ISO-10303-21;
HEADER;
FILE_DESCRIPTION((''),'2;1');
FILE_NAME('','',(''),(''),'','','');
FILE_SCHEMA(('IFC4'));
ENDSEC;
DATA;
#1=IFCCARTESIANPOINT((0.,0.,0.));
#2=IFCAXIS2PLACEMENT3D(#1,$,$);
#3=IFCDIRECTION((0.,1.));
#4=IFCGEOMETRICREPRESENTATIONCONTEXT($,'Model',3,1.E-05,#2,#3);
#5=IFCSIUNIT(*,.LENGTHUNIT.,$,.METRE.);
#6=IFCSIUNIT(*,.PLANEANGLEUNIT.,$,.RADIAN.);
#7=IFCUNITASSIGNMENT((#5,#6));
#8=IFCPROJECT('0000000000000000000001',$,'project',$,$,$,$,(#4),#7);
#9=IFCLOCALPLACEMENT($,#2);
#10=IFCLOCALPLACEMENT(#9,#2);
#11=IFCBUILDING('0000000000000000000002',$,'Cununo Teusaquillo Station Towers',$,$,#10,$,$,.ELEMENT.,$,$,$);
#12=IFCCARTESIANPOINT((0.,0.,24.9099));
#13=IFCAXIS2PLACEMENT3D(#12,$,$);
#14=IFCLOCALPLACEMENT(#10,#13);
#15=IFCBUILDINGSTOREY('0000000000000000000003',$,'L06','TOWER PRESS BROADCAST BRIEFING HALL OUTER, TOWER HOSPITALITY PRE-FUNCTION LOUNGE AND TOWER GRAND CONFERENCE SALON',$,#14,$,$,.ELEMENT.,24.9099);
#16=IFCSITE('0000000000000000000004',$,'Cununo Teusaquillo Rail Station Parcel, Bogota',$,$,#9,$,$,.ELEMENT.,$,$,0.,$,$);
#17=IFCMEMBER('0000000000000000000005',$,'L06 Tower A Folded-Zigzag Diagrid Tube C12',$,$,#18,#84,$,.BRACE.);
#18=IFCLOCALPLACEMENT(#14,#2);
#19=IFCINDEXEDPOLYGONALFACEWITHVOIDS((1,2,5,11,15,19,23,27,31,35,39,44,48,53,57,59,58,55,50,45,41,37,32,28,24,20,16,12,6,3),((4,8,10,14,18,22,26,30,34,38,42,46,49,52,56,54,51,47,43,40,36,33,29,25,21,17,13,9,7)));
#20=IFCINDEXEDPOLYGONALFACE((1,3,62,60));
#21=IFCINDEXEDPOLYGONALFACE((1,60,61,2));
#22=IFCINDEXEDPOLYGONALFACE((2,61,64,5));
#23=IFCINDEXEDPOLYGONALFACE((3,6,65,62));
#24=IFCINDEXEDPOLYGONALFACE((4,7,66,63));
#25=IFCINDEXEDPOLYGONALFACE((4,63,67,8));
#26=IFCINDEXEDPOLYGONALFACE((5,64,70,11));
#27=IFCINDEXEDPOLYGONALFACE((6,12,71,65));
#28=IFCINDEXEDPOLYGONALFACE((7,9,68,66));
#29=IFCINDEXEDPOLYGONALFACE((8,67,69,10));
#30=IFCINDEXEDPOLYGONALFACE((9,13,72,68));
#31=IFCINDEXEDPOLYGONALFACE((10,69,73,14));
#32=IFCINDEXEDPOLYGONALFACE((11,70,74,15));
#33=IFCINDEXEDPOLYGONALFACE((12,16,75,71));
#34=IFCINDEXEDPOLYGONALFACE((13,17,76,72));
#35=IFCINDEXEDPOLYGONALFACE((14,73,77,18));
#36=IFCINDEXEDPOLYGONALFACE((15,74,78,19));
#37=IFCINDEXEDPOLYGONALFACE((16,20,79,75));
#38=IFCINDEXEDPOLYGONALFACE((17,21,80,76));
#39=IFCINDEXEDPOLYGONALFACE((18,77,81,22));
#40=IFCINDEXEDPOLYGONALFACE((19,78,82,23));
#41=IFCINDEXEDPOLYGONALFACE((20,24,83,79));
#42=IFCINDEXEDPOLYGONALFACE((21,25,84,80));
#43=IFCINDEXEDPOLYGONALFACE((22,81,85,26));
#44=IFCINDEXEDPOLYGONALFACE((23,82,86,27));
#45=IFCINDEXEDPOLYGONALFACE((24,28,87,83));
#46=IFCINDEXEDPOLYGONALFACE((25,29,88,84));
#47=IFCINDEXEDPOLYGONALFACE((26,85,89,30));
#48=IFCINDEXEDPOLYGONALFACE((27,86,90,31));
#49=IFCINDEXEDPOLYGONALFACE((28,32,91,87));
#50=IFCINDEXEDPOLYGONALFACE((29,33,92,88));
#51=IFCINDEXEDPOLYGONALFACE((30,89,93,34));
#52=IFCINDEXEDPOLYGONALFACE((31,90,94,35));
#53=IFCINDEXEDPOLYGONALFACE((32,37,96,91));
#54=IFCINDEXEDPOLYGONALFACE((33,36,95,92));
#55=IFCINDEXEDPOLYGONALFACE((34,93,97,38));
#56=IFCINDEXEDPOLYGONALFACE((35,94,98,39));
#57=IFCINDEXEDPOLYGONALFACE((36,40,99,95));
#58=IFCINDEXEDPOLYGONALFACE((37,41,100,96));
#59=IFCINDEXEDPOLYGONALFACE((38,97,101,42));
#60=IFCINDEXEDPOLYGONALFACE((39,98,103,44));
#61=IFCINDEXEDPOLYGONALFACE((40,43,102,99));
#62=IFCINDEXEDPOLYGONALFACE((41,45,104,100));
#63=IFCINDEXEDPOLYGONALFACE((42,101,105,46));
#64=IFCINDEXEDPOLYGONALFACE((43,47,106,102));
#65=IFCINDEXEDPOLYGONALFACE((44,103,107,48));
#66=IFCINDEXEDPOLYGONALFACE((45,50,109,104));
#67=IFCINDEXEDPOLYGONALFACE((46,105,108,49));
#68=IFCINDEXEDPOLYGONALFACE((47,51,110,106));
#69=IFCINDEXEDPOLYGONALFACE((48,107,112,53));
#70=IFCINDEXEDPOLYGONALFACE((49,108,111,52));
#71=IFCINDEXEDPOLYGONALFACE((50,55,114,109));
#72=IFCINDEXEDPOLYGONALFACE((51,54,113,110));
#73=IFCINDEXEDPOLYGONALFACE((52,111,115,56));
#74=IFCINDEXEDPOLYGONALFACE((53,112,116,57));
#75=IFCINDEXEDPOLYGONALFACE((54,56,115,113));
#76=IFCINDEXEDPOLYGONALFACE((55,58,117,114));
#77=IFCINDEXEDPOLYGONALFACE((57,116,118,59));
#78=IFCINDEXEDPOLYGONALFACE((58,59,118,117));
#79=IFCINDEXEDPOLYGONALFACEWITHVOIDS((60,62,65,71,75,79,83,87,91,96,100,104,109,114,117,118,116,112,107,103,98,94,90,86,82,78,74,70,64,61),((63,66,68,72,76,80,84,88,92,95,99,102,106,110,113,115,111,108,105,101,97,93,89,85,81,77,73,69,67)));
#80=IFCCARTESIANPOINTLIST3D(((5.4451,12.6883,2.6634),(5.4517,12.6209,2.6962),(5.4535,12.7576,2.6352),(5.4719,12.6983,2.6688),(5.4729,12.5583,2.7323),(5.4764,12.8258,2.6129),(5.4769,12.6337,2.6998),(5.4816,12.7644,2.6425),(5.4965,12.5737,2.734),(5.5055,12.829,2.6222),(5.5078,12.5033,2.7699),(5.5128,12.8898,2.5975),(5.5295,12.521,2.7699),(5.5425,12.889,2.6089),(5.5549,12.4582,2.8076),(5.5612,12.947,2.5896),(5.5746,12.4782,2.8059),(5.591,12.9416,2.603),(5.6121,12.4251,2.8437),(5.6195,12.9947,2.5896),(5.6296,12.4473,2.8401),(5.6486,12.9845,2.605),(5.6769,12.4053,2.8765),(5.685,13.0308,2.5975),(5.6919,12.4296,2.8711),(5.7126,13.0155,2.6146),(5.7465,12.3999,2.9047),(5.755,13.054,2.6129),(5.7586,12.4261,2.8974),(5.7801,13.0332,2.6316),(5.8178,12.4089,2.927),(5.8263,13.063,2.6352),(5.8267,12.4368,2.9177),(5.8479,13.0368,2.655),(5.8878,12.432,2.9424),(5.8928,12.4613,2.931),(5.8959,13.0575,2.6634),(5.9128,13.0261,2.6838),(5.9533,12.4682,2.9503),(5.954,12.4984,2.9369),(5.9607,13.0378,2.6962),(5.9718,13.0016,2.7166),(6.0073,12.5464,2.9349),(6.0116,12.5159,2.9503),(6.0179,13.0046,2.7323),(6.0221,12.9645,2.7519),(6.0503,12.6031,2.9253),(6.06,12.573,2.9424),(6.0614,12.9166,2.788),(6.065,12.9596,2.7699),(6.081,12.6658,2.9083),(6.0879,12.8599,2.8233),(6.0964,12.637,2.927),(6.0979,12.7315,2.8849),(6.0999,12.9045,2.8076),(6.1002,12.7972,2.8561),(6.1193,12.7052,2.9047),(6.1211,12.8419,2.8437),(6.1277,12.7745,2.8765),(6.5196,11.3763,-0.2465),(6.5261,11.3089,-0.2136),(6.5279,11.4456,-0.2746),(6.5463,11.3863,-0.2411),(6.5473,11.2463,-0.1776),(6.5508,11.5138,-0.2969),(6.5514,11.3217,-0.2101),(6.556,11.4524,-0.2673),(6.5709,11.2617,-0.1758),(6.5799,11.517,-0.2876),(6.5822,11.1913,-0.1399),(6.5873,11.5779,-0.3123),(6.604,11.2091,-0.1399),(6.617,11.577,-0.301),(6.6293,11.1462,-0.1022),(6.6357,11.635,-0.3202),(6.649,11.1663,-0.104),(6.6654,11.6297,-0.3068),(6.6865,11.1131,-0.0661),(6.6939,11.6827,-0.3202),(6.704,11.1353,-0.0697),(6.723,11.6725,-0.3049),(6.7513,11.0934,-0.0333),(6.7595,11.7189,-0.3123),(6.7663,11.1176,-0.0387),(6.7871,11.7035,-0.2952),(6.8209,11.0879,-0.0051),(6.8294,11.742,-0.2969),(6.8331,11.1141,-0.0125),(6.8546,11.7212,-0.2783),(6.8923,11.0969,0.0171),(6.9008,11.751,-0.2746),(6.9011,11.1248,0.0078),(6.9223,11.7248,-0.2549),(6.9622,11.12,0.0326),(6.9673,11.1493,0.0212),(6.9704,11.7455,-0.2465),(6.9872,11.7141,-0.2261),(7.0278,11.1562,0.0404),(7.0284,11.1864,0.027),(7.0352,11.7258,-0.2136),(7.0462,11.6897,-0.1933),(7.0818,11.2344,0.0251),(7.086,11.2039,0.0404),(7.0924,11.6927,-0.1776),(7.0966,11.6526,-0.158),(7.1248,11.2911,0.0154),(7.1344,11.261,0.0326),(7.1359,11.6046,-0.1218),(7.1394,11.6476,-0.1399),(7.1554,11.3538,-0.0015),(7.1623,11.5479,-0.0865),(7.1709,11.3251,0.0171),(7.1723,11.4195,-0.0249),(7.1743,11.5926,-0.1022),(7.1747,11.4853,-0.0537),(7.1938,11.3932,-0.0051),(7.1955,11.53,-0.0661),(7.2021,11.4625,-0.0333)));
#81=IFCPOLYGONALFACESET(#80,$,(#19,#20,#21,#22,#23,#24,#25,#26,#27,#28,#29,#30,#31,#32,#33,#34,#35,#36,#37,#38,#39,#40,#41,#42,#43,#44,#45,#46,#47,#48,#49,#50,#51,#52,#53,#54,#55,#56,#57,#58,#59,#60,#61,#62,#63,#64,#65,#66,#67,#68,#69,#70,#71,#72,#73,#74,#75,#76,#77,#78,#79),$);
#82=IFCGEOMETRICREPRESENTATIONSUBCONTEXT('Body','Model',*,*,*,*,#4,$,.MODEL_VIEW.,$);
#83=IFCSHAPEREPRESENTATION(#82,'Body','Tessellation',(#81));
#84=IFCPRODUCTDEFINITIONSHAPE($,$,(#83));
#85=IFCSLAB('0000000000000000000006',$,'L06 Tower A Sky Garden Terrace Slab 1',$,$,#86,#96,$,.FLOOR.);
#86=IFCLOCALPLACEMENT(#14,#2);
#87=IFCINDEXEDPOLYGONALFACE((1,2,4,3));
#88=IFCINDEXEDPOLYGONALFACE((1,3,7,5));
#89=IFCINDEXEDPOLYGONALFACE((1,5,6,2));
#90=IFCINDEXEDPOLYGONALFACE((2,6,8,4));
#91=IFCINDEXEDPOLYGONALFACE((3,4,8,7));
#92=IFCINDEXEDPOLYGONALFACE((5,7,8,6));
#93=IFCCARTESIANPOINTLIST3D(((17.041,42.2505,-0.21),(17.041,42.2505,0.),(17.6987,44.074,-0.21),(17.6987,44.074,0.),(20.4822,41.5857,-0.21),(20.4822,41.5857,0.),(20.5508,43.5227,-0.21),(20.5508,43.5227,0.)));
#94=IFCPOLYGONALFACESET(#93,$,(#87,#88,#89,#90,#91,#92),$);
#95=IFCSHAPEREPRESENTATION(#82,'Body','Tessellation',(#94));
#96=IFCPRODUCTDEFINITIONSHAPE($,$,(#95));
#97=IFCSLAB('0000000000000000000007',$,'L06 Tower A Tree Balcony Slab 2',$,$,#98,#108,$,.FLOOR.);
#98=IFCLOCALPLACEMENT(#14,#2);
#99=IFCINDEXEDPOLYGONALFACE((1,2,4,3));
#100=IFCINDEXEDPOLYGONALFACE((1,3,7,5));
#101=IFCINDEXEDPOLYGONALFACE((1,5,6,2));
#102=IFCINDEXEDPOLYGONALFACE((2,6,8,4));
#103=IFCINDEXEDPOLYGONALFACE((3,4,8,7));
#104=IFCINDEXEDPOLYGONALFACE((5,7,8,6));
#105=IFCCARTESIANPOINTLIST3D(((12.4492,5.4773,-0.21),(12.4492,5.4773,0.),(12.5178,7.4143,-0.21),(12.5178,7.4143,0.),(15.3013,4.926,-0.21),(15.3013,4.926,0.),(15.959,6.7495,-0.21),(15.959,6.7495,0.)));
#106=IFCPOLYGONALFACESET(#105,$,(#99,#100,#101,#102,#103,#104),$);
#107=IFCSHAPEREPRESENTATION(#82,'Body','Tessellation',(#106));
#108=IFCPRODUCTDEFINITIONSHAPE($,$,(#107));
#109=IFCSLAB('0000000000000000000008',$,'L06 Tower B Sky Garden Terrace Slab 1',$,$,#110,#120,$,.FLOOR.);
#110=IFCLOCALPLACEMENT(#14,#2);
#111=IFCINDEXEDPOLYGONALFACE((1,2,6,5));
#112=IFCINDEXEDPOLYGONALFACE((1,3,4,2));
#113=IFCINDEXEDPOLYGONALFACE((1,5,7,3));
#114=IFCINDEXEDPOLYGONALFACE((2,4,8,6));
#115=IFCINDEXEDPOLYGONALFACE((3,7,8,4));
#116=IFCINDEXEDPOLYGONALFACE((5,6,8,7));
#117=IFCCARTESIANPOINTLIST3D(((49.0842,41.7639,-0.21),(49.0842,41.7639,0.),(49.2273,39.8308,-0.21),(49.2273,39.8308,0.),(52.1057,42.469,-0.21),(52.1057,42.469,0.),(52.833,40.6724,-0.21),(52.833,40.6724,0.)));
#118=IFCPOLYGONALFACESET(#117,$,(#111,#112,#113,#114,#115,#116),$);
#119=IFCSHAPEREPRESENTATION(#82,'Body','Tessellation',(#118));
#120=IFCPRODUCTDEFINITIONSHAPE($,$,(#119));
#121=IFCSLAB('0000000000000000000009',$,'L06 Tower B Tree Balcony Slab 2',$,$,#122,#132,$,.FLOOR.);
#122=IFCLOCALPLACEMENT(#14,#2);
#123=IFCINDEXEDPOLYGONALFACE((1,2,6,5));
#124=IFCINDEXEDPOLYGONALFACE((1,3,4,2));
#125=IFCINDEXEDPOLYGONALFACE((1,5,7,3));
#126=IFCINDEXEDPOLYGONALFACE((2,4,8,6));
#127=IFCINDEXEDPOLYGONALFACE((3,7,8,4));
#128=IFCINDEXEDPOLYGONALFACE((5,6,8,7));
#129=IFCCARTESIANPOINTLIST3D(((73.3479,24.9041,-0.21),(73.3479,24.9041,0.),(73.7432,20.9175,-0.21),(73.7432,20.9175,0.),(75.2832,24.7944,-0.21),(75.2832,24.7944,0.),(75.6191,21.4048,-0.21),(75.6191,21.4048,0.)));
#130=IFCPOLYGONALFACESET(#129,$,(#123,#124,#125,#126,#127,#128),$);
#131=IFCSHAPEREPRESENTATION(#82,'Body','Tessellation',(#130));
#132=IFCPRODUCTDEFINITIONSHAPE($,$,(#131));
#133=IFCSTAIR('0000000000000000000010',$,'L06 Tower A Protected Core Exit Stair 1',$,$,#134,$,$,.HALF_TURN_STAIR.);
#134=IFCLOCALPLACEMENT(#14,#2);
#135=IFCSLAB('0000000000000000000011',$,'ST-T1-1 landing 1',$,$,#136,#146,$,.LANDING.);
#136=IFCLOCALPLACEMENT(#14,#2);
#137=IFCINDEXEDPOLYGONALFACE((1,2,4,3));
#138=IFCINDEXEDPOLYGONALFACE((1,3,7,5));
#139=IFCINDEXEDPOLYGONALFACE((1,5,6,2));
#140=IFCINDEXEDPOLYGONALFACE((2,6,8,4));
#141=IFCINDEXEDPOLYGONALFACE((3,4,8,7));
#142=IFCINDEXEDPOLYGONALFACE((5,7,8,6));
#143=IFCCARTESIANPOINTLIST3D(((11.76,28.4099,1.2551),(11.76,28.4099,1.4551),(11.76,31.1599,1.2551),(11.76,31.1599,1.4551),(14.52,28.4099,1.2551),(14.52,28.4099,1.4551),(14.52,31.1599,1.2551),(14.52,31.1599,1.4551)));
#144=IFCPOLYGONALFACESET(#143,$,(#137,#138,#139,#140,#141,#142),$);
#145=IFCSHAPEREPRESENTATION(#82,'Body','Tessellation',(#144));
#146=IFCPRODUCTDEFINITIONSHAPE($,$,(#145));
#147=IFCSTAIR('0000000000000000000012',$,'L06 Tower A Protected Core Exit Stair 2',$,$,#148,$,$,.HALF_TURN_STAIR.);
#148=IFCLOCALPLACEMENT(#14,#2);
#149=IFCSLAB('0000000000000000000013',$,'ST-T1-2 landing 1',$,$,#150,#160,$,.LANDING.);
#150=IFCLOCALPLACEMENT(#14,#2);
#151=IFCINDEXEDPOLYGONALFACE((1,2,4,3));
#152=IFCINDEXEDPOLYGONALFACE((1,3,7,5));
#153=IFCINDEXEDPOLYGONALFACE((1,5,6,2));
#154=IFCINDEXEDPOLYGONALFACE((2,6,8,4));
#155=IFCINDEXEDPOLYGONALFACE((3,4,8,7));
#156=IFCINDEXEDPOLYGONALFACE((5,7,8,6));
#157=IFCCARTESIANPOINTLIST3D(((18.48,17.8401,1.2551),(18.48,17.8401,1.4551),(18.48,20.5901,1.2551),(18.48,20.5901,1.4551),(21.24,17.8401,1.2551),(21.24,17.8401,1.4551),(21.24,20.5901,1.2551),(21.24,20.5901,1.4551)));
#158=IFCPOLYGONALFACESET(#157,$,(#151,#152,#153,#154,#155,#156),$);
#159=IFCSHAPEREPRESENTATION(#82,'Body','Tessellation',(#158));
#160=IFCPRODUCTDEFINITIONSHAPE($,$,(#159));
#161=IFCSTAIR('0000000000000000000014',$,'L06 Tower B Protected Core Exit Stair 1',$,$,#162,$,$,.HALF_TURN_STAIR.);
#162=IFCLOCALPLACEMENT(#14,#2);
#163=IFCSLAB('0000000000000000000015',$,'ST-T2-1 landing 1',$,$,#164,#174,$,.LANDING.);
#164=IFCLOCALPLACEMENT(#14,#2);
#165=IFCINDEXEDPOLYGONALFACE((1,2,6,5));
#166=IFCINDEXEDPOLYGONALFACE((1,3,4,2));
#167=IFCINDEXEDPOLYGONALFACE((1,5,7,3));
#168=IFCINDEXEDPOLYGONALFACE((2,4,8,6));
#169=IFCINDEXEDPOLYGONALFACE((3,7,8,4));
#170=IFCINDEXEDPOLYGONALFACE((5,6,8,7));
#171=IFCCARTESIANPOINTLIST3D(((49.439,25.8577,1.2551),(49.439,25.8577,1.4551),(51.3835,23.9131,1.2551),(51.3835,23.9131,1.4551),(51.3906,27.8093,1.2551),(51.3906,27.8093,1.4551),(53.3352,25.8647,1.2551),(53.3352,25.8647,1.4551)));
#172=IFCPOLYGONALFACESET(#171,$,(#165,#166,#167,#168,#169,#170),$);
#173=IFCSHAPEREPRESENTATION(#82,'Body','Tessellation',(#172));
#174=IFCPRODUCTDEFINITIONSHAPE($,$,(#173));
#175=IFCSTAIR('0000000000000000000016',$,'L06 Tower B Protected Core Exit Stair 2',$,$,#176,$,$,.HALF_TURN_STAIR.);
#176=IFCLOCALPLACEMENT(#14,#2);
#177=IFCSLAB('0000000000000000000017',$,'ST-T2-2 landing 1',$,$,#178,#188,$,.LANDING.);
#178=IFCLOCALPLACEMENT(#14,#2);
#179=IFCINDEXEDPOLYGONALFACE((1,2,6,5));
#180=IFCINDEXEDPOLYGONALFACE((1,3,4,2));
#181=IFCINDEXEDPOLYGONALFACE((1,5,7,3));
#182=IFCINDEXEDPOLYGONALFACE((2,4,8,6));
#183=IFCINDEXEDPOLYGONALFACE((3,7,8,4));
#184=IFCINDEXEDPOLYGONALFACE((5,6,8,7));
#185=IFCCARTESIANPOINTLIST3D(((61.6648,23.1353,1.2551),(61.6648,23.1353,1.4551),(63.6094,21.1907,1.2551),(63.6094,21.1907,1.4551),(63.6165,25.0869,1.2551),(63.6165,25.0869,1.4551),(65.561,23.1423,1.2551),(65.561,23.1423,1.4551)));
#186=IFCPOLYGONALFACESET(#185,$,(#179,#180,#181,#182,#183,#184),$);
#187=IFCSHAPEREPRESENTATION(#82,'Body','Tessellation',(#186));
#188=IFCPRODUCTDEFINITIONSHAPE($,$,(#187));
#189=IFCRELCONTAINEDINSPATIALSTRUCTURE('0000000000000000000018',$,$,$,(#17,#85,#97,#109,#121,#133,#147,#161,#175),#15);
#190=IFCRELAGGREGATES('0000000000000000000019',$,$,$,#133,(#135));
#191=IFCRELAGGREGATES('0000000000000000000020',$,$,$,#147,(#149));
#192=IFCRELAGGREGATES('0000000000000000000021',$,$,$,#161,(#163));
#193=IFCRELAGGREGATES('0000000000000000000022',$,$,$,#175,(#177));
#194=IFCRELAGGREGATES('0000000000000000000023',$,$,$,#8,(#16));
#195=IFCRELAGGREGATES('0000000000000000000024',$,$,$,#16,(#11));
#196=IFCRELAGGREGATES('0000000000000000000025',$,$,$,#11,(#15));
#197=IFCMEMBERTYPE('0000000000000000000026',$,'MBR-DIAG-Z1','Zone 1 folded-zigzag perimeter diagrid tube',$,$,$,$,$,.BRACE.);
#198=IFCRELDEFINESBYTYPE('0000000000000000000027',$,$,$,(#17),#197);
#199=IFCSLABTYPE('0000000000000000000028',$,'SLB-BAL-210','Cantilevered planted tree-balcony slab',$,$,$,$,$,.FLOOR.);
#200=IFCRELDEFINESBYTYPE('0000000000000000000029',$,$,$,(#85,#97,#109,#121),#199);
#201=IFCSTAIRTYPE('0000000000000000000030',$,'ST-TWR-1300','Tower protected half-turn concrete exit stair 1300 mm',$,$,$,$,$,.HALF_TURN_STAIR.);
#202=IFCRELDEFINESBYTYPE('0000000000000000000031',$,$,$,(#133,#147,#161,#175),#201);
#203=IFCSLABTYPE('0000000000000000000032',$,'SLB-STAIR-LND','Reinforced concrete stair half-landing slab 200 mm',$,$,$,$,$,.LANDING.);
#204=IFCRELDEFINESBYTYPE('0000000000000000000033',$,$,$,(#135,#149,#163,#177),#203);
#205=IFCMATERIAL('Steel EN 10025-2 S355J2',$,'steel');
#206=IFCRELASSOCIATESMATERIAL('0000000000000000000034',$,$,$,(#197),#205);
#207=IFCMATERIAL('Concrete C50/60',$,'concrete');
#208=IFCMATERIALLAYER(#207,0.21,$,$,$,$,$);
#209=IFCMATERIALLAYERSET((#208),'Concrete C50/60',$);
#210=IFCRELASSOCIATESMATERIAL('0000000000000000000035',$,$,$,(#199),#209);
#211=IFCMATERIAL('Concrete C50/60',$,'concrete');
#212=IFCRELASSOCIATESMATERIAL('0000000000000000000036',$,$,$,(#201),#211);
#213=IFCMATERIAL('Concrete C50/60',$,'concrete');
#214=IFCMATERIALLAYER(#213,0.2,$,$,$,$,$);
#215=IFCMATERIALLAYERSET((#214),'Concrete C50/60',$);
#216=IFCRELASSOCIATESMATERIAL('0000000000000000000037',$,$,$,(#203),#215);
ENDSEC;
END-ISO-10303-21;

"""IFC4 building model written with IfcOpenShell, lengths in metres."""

from ifc_helpers import new_model, si_unit, direction, frame, origin, origin_2d, place, context, subcontext, project, spatial, polyline, hollow_circle, outline, extrude, material, layer, layer_set, material_profile, profile_set, type_object, element, aggregate, save


model = new_model("IFC4")

# Units and contexts
model_context = context("Model", 3, precision=1e-05, world=origin(), true_north=direction((0.0, 1.0)))
body_context = subcontext(model_context, "Body", "Model", "MODEL_VIEW")
ifc_project = project(units=[si_unit("LENGTHUNIT", "METRE"), si_unit("PLANEANGLEUNIT", "RADIAN")], contexts=[model_context])

# Site, building, storey
site_placement = place(None, origin())
site = spatial("IfcSite", under=ifc_project, at=site_placement, Name="Cununo Teusaquillo Rail Station Parcel, Bogota", CompositionType="ELEMENT", RefElevation=0.0)
building_placement = place(site_placement, origin())
building = spatial("IfcBuilding", under=site, at=building_placement, Name="Cununo Teusaquillo Station Towers", CompositionType="ELEMENT")
storey_placement = place(building_placement, frame((0.0, 0.0, 24.9099)))
storey = spatial("IfcBuildingStorey", under=building, at=storey_placement, Name="L06", Description="TOWER PRESS BROADCAST BRIEFING HALL OUTER, TOWER HOSPITALITY PRE-FUNCTION LOUNGE AND TOWER GRAND CONFERENCE SALON", CompositionType="ELEMENT", Elevation=24.9099)

# Member
ifc_material_1 = material(Name="Steel EN 10025-2 S355J2", Category="steel")
ifc_material_profile_1 = material_profile(ifc_material_1, hollow_circle(Radius=0.3601, WallThickness=0.0281, at=origin_2d()), Name="CHS 720x28")
ifc_profile_set_1 = profile_set([ifc_material_profile_1], Name="Steel EN 10025-2 S355J2")
member_type = type_object("IfcMemberType", Name="MBR-DIAG-Z1", Description="Zone 1 folded-zigzag perimeter diagrid tube", PredefinedType="BRACE", material=ifc_profile_set_1)
member_placement = place(storey_placement, frame((6.8608, 11.4194, -0.1399), z_axis=(-0.319021, 0.389552, 0.863988), x_axis=(-0.773669, -0.633591, 0.0)))
element("IfcMember", 1, at=member_placement, inside=storey, type_object=member_type, Name="L06 Tower A Folded-Zigzag Diagrid Tube C12", PredefinedType="BRACE", context=body_context, shape_type="SweptSolid", body=[
    extrude(hollow_circle(Radius=0.3601, WallThickness=0.0281, at=origin_2d()), origin(), (0.0, 0.0, 1.0), 3.3679),
])

# Slabs
ifc_material_2 = material(Name="Concrete C50/60", Category="concrete")
ifc_layer_1 = layer(ifc_material_2, 0.21)
ifc_layer_set_1 = layer_set([ifc_layer_1], Name="Concrete C50/60")
slab_type_1 = type_object("IfcSlabType", Name="SLB-BAL-210", Description="Cantilevered planted tree-balcony slab", PredefinedType="FLOOR", material=ifc_layer_set_1)
slab_1_placement = place(storey_placement, frame((0.0, 0.0, -0.21)))
element("IfcSlab", 2, at=slab_1_placement, inside=storey, type_object=slab_type_1, Name="L06 Tower A Sky Garden Terrace Slab 1", PredefinedType="FLOOR", context=body_context, shape_type="SweptSolid", body=[
    extrude(outline(polyline([(20.4822, 41.5857), (17.041, 42.2505), (17.6987, 44.074), (20.5508, 43.5227), (20.4822, 41.5857)])), origin(), (0.0, 0.0, 1.0), 0.21),
])
slab_2_placement = place(storey_placement, frame((0.0, 0.0, -0.21)))
element("IfcSlab", 3, at=slab_2_placement, inside=storey, type_object=slab_type_1, Name="L06 Tower A Tree Balcony Slab 2", PredefinedType="FLOOR", context=body_context, shape_type="SweptSolid", body=[
    extrude(outline(polyline([(12.5178, 7.4143), (15.959, 6.7495), (15.3013, 4.926), (12.4492, 5.4773), (12.5178, 7.4143)])), origin(), (0.0, 0.0, 1.0), 0.21),
])
slab_3_placement = place(storey_placement, frame((0.0, 0.0, -0.21)))
element("IfcSlab", 4, at=slab_3_placement, inside=storey, type_object=slab_type_1, Name="L06 Tower B Sky Garden Terrace Slab 1", PredefinedType="FLOOR", context=body_context, shape_type="SweptSolid", body=[
    extrude(outline(polyline([(52.833, 40.6724), (49.2273, 39.8308), (49.0842, 41.7639), (52.1057, 42.469), (52.833, 40.6724)])), origin(), (0.0, 0.0, 1.0), 0.21),
])
slab_4_placement = place(storey_placement, frame((0.0, 0.0, -0.21)))
element("IfcSlab", 5, at=slab_4_placement, inside=storey, type_object=slab_type_1, Name="L06 Tower B Tree Balcony Slab 2", PredefinedType="FLOOR", context=body_context, shape_type="SweptSolid", body=[
    extrude(outline(polyline([(73.7432, 20.9175), (73.3479, 24.9041), (75.2832, 24.7944), (75.6191, 21.4048), (73.7432, 20.9175)])), origin(), (0.0, 0.0, 1.0), 0.21),
])

# Stairs, slabs
ifc_material_3 = material(Name="Concrete C50/60", Category="concrete")
stair_type = type_object("IfcStairType", Name="ST-TWR-1300", Description="Tower protected half-turn concrete exit stair 1300 mm", PredefinedType="HALF_TURN_STAIR", material=ifc_material_3)
stair_1_placement = place(storey_placement, origin())
stair_1 = element("IfcStair", 6, at=stair_1_placement, inside=storey, type_object=stair_type, Name="L06 Tower A Protected Core Exit Stair 1", PredefinedType="HALF_TURN_STAIR")
ifc_material_4 = material(Name="Concrete C50/60", Category="concrete")
ifc_layer_2 = layer(ifc_material_4, 0.2)
ifc_layer_set_2 = layer_set([ifc_layer_2], Name="Concrete C50/60")
slab_type_2 = type_object("IfcSlabType", Name="SLB-STAIR-LND", Description="Reinforced concrete stair half-landing slab 200 mm", PredefinedType="LANDING", material=ifc_layer_set_2)
slab_5_placement = place(storey_placement, frame((0.0, 0.0, 1.2551)))
slab_5 = element("IfcSlab", 7, at=slab_5_placement, type_object=slab_type_2, Name="ST-T1-1 landing 1", PredefinedType="LANDING", context=body_context, shape_type="SweptSolid", body=[
    extrude(outline(polyline([(14.52, 28.4099), (14.52, 31.1599), (11.76, 31.1599), (11.76, 28.4099), (14.52, 28.4099)])), origin(), (0.0, 0.0, 1.0), 0.2),
])
aggregate(stair_1, [slab_5])
stair_2_placement = place(storey_placement, origin())
stair_2 = element("IfcStair", 8, at=stair_2_placement, inside=storey, type_object=stair_type, Name="L06 Tower A Protected Core Exit Stair 2", PredefinedType="HALF_TURN_STAIR")
slab_6_placement = place(storey_placement, frame((0.0, 0.0, 1.2551)))
slab_6 = element("IfcSlab", 9, at=slab_6_placement, type_object=slab_type_2, Name="ST-T1-2 landing 1", PredefinedType="LANDING", context=body_context, shape_type="SweptSolid", body=[
    extrude(outline(polyline([(18.48, 20.5901), (18.48, 17.8401), (21.24, 17.8401), (21.24, 20.5901), (18.48, 20.5901)])), origin(), (0.0, 0.0, 1.0), 0.2),
])
aggregate(stair_2, [slab_6])
stair_3_placement = place(storey_placement, origin())
stair_3 = element("IfcStair", 10, at=stair_3_placement, inside=storey, type_object=stair_type, Name="L06 Tower B Protected Core Exit Stair 1", PredefinedType="HALF_TURN_STAIR")
slab_7_placement = place(storey_placement, frame((0.0, 0.0, 1.2551)))
slab_7 = element("IfcSlab", 11, at=slab_7_placement, type_object=slab_type_2, Name="ST-T2-1 landing 1", PredefinedType="LANDING", context=body_context, shape_type="SweptSolid", body=[
    extrude(outline(polyline([(53.3352, 25.8647), (51.3906, 27.8093), (49.439, 25.8577), (51.3835, 23.9131), (53.3352, 25.8647)])), origin(), (0.0, 0.0, 1.0), 0.2),
])
aggregate(stair_3, [slab_7])
stair_4_placement = place(storey_placement, origin())
stair_4 = element("IfcStair", 12, at=stair_4_placement, inside=storey, type_object=stair_type, Name="L06 Tower B Protected Core Exit Stair 2", PredefinedType="HALF_TURN_STAIR")
slab_8_placement = place(storey_placement, frame((0.0, 0.0, 1.2551)))
slab_8 = element("IfcSlab", 13, at=slab_8_placement, type_object=slab_type_2, Name="ST-T2-2 landing 1", PredefinedType="LANDING", context=body_context, shape_type="SweptSolid", body=[
    extrude(outline(polyline([(61.6648, 23.1353), (63.6094, 21.1907), (65.561, 23.1423), (63.6165, 25.0869), (61.6648, 23.1353)])), origin(), (0.0, 0.0, 1.0), 0.2),
])
aggregate(stair_4, [slab_8])

save(model, "model.ifc")
